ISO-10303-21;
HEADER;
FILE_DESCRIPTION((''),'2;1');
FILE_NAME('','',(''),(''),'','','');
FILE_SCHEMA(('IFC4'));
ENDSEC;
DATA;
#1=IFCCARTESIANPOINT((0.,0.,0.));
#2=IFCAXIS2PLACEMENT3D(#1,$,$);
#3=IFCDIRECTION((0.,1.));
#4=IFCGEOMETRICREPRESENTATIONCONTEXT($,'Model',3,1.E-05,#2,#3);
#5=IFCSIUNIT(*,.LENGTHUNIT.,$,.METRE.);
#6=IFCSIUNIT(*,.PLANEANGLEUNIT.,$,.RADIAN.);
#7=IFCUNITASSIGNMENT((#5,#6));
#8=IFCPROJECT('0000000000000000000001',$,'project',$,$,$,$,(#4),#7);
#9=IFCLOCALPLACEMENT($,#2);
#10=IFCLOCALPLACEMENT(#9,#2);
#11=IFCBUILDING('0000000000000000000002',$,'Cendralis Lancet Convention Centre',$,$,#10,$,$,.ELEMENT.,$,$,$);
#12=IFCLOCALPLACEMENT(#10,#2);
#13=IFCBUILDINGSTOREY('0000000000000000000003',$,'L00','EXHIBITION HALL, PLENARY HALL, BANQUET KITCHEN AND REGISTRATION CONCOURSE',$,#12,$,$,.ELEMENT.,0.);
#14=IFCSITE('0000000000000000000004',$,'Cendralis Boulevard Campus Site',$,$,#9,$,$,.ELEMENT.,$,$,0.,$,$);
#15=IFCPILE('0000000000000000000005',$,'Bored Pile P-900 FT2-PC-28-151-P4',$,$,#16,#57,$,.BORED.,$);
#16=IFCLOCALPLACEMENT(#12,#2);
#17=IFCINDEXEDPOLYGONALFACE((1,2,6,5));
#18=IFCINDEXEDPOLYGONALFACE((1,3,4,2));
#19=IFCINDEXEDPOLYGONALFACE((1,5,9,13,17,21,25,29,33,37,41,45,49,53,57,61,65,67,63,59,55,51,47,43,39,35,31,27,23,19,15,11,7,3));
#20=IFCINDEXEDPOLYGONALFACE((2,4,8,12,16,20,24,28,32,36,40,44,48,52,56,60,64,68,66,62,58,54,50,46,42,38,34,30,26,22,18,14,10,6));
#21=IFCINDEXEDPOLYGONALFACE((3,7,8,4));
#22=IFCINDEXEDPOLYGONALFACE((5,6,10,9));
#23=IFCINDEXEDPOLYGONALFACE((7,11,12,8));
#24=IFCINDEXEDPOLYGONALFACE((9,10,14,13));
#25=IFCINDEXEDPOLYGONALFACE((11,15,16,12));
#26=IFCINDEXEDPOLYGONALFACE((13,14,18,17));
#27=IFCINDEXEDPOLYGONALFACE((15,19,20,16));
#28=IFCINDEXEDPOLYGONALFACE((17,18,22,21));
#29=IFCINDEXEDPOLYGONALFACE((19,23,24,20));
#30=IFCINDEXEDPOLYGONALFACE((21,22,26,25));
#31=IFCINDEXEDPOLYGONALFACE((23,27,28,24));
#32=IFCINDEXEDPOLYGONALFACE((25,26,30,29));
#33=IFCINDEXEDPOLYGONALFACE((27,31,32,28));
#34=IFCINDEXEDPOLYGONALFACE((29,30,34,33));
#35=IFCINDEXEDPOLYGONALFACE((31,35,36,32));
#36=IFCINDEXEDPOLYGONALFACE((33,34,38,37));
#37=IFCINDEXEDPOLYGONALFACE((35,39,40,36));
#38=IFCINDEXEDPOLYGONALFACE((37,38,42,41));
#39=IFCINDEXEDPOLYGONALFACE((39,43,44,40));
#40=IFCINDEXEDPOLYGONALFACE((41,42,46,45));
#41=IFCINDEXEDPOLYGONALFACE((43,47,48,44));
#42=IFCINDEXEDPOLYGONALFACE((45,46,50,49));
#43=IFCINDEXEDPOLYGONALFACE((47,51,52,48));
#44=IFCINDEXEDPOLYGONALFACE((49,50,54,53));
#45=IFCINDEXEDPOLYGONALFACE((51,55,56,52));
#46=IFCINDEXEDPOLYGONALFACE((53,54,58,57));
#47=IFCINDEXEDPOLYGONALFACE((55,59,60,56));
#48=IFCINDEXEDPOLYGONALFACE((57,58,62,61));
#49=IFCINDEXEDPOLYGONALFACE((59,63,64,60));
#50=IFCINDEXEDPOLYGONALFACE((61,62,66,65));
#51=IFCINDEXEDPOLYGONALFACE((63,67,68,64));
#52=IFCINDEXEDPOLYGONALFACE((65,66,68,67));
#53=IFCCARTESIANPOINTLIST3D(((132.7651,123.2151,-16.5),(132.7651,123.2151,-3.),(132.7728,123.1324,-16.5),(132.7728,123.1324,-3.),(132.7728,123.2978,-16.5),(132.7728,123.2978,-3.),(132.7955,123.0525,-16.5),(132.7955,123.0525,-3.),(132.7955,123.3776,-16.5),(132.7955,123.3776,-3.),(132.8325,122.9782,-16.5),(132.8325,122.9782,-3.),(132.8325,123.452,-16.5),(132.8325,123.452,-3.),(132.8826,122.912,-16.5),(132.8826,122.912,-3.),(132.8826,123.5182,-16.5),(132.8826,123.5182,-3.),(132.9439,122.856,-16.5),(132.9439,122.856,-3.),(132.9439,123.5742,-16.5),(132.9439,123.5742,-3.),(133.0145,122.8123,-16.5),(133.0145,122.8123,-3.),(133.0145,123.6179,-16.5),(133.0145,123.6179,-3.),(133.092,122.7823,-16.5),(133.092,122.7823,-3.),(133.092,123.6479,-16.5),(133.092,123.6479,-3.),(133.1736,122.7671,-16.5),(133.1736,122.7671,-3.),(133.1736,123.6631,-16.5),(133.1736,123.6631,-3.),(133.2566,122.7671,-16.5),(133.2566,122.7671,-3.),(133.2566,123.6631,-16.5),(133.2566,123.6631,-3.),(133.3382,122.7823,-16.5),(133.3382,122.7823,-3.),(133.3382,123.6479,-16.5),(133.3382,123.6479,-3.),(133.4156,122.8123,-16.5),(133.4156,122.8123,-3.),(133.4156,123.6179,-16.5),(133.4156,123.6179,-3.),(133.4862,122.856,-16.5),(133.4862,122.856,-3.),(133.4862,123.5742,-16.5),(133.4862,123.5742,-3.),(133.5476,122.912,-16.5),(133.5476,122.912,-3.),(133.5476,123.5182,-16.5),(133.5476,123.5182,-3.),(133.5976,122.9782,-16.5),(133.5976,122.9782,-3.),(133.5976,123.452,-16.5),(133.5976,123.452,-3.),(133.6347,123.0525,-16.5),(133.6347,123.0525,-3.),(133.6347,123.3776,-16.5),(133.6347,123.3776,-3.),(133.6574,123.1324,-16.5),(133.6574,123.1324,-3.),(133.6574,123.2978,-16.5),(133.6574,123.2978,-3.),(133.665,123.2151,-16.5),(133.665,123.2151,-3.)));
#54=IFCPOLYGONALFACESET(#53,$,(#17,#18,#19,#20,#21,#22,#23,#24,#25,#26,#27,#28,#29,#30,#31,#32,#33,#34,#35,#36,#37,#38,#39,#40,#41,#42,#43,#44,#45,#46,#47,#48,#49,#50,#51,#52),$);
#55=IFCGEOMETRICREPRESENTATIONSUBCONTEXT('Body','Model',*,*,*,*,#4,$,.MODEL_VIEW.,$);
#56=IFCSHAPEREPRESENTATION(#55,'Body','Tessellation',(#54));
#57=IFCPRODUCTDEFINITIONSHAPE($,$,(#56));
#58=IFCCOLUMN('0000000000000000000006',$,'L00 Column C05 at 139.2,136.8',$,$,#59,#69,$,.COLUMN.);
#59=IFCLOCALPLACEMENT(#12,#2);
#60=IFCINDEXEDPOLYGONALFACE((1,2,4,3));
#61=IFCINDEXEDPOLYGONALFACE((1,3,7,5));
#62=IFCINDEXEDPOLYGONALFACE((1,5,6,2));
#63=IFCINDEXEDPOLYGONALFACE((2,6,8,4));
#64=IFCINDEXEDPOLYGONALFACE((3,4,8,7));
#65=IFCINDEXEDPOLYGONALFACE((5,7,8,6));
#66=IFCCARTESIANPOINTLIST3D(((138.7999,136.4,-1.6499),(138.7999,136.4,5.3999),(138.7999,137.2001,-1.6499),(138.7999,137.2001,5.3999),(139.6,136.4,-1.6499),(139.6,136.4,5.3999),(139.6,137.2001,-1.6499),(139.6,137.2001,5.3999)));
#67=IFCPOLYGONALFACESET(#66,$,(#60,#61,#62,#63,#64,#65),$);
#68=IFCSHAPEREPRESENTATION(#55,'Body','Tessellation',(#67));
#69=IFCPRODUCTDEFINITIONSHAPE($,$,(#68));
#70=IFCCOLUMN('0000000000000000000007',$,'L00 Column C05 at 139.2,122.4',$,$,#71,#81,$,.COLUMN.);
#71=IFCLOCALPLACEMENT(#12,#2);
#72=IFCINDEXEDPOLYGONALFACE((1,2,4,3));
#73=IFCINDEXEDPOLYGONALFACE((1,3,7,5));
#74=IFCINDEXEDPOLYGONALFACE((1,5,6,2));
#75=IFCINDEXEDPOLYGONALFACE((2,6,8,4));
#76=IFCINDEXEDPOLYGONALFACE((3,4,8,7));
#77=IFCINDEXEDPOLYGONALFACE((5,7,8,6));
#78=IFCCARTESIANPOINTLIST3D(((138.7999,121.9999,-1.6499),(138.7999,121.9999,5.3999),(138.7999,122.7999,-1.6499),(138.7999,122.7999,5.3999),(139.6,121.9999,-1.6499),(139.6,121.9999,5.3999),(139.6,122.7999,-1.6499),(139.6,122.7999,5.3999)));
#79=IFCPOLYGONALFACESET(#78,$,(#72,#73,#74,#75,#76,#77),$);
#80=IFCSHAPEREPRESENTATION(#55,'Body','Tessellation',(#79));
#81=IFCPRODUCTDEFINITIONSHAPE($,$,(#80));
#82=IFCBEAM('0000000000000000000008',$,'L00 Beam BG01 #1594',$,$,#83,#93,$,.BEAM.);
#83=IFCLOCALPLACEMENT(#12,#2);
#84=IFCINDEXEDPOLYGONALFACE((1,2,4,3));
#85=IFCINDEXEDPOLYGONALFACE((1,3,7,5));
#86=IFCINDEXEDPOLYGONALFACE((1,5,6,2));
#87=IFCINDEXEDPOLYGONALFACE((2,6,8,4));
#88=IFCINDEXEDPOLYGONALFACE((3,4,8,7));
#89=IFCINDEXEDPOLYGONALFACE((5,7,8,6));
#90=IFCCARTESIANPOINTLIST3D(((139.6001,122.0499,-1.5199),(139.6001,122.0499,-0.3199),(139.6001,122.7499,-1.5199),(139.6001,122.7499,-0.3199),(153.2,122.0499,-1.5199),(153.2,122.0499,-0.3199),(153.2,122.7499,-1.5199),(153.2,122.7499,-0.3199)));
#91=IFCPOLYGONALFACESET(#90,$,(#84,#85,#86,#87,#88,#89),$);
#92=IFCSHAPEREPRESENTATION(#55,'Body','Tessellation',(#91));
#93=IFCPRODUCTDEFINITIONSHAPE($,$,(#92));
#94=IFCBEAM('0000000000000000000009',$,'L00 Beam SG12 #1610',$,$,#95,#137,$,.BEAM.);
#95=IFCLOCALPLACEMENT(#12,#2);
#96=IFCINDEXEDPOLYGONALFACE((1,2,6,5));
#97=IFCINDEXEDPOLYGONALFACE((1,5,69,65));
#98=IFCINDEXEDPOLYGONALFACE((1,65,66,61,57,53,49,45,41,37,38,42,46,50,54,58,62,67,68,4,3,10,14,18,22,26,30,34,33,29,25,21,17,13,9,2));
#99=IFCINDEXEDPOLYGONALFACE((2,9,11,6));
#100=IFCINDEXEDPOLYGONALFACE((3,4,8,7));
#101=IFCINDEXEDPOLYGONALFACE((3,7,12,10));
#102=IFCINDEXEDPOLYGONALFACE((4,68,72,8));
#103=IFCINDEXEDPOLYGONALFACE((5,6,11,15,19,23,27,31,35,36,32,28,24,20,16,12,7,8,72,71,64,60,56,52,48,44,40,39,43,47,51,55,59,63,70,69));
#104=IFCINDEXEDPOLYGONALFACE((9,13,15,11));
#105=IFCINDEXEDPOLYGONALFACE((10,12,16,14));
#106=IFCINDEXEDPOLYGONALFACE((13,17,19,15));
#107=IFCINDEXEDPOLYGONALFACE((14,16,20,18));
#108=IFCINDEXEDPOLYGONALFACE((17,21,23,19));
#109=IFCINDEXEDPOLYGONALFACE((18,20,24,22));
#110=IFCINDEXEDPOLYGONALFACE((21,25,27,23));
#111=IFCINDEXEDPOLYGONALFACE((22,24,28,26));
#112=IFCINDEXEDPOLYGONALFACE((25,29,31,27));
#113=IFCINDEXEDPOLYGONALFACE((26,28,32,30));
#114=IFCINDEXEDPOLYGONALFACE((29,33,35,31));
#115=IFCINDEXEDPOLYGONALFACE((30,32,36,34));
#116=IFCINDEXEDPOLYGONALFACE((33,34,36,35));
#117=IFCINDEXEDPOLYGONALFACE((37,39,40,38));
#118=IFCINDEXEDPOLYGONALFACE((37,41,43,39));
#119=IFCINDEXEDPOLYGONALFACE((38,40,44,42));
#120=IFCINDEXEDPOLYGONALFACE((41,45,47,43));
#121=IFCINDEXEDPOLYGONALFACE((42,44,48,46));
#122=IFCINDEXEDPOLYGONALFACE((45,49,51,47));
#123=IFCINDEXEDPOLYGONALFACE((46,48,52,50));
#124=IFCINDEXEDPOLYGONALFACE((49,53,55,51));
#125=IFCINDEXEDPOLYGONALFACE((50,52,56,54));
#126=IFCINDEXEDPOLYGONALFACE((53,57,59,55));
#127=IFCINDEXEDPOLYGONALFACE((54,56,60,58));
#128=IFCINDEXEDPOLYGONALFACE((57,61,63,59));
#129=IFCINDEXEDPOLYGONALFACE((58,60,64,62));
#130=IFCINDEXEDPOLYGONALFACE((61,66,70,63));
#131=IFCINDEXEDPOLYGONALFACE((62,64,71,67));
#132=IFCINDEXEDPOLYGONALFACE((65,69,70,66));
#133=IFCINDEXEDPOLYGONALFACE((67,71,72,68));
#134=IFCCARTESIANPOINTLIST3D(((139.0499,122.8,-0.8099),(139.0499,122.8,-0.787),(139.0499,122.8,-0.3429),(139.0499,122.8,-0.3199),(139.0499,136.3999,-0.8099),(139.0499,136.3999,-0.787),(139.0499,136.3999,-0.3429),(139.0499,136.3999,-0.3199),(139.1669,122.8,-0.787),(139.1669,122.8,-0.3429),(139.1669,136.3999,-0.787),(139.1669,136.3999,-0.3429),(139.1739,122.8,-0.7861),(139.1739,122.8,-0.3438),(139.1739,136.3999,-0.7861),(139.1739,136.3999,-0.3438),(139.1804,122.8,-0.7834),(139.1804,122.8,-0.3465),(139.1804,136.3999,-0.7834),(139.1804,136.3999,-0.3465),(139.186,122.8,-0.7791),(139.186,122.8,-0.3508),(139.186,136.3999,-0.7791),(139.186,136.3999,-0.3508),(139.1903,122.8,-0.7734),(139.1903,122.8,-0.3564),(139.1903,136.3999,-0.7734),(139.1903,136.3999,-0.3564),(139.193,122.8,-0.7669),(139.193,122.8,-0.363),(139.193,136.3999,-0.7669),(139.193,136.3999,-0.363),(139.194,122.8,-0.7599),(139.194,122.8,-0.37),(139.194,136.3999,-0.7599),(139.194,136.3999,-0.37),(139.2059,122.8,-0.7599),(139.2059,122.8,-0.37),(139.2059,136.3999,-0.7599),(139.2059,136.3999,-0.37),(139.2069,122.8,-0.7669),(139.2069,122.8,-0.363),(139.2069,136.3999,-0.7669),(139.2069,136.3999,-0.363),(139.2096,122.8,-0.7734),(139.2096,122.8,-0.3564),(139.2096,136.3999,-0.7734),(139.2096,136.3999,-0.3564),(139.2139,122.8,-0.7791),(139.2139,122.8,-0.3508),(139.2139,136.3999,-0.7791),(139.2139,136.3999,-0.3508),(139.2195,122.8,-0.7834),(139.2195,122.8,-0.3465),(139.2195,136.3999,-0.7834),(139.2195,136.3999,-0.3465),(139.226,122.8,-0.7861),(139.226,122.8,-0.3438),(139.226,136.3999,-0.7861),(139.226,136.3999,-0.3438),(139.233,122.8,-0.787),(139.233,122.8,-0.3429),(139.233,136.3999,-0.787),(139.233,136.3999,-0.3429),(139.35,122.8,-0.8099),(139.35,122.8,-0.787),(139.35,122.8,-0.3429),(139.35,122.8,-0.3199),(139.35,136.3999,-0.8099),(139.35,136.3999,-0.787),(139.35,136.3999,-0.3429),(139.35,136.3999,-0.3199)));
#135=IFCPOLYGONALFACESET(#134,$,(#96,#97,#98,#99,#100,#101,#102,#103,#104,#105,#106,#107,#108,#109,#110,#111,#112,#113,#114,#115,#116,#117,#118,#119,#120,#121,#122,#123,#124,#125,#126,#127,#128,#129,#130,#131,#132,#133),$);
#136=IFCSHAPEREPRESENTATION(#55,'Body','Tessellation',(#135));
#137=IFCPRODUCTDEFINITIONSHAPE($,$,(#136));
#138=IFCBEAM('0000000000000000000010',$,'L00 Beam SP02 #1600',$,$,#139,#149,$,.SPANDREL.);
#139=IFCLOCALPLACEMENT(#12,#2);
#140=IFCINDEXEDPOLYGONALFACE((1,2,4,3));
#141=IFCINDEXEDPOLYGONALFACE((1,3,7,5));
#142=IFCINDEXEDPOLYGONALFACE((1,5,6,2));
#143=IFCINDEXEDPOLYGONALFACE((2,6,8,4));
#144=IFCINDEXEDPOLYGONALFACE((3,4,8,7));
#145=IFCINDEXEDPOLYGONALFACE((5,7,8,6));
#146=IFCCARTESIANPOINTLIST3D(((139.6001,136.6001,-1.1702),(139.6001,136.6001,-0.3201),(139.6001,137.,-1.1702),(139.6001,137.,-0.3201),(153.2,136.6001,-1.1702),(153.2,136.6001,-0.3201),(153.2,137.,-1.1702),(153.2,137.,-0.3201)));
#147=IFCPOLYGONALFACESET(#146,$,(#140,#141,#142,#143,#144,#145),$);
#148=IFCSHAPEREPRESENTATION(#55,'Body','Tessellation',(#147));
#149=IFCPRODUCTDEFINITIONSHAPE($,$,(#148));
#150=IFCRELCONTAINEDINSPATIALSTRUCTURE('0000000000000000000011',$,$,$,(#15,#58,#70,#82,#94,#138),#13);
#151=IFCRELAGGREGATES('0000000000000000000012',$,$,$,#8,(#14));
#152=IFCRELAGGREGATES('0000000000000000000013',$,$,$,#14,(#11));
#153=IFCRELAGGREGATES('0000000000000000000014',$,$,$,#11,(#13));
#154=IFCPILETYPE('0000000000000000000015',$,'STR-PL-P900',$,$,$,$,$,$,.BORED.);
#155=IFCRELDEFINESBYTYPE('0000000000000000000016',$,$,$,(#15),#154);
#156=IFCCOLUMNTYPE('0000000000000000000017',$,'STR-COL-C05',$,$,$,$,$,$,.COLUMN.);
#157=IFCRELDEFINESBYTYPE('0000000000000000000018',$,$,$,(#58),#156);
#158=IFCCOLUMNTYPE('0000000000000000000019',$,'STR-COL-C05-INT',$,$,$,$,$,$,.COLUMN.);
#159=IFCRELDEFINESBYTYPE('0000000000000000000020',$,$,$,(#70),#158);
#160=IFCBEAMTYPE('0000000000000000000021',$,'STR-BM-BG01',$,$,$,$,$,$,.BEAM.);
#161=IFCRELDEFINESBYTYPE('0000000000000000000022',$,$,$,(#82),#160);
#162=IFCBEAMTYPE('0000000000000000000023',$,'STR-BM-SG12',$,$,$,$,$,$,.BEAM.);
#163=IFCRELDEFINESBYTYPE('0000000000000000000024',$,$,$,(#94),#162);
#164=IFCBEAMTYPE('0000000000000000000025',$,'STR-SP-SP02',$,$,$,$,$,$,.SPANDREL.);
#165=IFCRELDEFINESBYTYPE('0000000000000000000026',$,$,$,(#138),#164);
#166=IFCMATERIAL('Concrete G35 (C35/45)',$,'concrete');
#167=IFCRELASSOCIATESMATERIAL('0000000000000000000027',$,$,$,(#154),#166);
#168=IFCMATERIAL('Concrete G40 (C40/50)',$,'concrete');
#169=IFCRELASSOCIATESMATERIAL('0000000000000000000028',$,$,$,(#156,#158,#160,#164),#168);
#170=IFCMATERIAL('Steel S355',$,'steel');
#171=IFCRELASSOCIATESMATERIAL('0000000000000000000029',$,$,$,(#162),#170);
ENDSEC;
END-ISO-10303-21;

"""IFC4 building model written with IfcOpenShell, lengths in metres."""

from ifc_helpers import new_model, si_unit, direction, frame, origin, origin_2d, place, context, subcontext, project, spatial, rectangle, circle, i_section, extrude, material, material_profile, profile_set, type_object, element, save


model = new_model("IFC4")

# Units and contexts
model_context = context("Model", 3, precision=1e-05, world=origin(), true_north=direction((0.0, 1.0)))
body_context = subcontext(model_context, "Body", "Model", "MODEL_VIEW")
ifc_project = project(units=[si_unit("LENGTHUNIT", "METRE"), si_unit("PLANEANGLEUNIT", "RADIAN")], contexts=[model_context])

# Site, building, storey
site_placement = place(None, origin())
site = spatial("IfcSite", under=ifc_project, at=site_placement, Name="Cendralis Boulevard Campus Site", CompositionType="ELEMENT", RefElevation=0.0)
building_placement = place(site_placement, origin())
building = spatial("IfcBuilding", under=site, at=building_placement, Name="Cendralis Lancet Convention Centre", CompositionType="ELEMENT")
storey_placement = place(building_placement, origin())
storey = spatial("IfcBuildingStorey", under=building, at=storey_placement, Name="L00", Description="EXHIBITION HALL, PLENARY HALL, BANQUET KITCHEN AND REGISTRATION CONCOURSE", CompositionType="ELEMENT", Elevation=0.0)

# Shared definitions
ifc_material_1 = material(Name="Concrete G35 (C35/45)", Category="concrete")

# Pile
ifc_material_profile_1 = material_profile(ifc_material_1, circle(Radius=0.45, at=origin_2d()), Name="BORED PILE D900")
ifc_profile_set_1 = profile_set([ifc_material_profile_1], Name="Concrete G35 (C35/45)")
pile_type_1 = type_object("IfcPileType", Name="STR-PL-P900", PredefinedType="BORED", material=ifc_profile_set_1)
for number, where, z_axis, x_axis, name in (
    (1, (133.2151, 123.2151, -3.0), (0.0, 0.0, -1.0), (1.0, 0.0, 0.0), "Bored Pile P-900 FT2-PC-28-151-P4"),
):
    element("IfcPile", number, at=place(storey_placement, frame(where, z_axis=z_axis, x_axis=x_axis)), inside=storey, type_object=pile_type_1, Name=name, PredefinedType="BORED", context=body_context, shape_type="SweptSolid", body=[
        extrude(circle(Radius=0.45, at=origin_2d()), origin(), (0.0, 0.0, 1.0), 13.5),
    ])

# Columns
ifc_material_2 = material(Name="Concrete G40 (C40/50)", Category="concrete")
ifc_material_profile_2 = material_profile(ifc_material_2, rectangle(XDim=0.8, YDim=0.8, at=origin_2d()), Name="RC 800x800")
ifc_profile_set_2 = profile_set([ifc_material_profile_2], Name="Concrete G40 (C40/50)")
column_type_1 = type_object("IfcColumnType", Name="STR-COL-C05", PredefinedType="COLUMN", material=ifc_profile_set_2)
column_1_placement = place(storey_placement, frame((139.2, 136.8, -1.6499), z_axis=(0.0, 0.0, 1.0), x_axis=(1.0, 0.0, 0.0)))
element("IfcColumn", 2, at=column_1_placement, inside=storey, type_object=column_type_1, Name="L00 Column C05 at 139.2,136.8", PredefinedType="COLUMN", context=body_context, shape_type="SweptSolid", body=[
    extrude(rectangle(XDim=0.8, YDim=0.8, at=origin_2d()), origin(), (0.0, 0.0, 1.0), 7.0498),
])
ifc_material_profile_3 = material_profile(ifc_material_2, rectangle(XDim=0.8, YDim=0.8, at=origin_2d()), Name="RC 800x800")
ifc_profile_set_3 = profile_set([ifc_material_profile_3], Name="Concrete G40 (C40/50)")
column_type_2 = type_object("IfcColumnType", Name="STR-COL-C05-INT", PredefinedType="COLUMN", material=ifc_profile_set_3)
column_2_placement = place(storey_placement, frame((139.2, 122.3999, -1.6499), z_axis=(0.0, 0.0, 1.0), x_axis=(1.0, 0.0, 0.0)))
element("IfcColumn", 3, at=column_2_placement, inside=storey, type_object=column_type_2, Name="L00 Column C05 at 139.2,122.4", PredefinedType="COLUMN", context=body_context, shape_type="SweptSolid", body=[
    extrude(rectangle(XDim=0.8, YDim=0.8, at=origin_2d()), origin(), (0.0, 0.0, 1.0), 7.0498),
])

# Beams
ifc_material_profile_4 = material_profile(ifc_material_2, rectangle(XDim=0.7, YDim=1.2, at=origin_2d()), Name="RCB 700x1200")
ifc_profile_set_4 = profile_set([ifc_material_profile_4], Name="Concrete G40 (C40/50)")
beam_type_1 = type_object("IfcBeamType", Name="STR-BM-BG01", PredefinedType="BEAM", material=ifc_profile_set_4)
beam_1_placement = place(storey_placement, frame((139.6001, 122.3999, -0.9199), z_axis=(1.0, 0.0, 0.0), x_axis=(0.0, 1.0, 0.0)))
element("IfcBeam", 4, at=beam_1_placement, inside=storey, type_object=beam_type_1, Name="L00 Beam BG01 #1594", PredefinedType="BEAM", context=body_context, shape_type="SweptSolid", body=[
    extrude(rectangle(XDim=0.7, YDim=1.2, at=origin_2d()), origin(), (0.0, 0.0, 1.0), 13.5999),
])
ifc_material_3 = material(Name="Steel S355", Category="steel")
ifc_material_profile_5 = material_profile(ifc_material_3, i_section(OverallWidth=0.3, OverallDepth=0.49, WebThickness=0.012, FlangeThickness=0.0229, FilletRadius=0.0271, at=origin_2d()), Name="HEA 500")
ifc_profile_set_5 = profile_set([ifc_material_profile_5], Name="Steel S355")
beam_type_2 = type_object("IfcBeamType", Name="STR-BM-SG12", PredefinedType="BEAM", material=ifc_profile_set_5)
beam_2_placement = place(storey_placement, frame((139.2, 122.8, -0.5649), z_axis=(0.0, 1.0, 0.0), x_axis=(-1.0, 0.0, 0.0)))
element("IfcBeam", 5, at=beam_2_placement, inside=storey, type_object=beam_type_2, Name="L00 Beam SG12 #1610", PredefinedType="BEAM", context=body_context, shape_type="SweptSolid", body=[
    extrude(i_section(OverallWidth=0.3, OverallDepth=0.49, WebThickness=0.012, FlangeThickness=0.0229, FilletRadius=0.0271, at=origin_2d()), origin(), (0.0, 0.0, 1.0), 13.5999),
])
ifc_material_profile_6 = material_profile(ifc_material_2, rectangle(XDim=0.3999, YDim=0.8501, at=origin_2d()), Name="RCB 400x850")
ifc_profile_set_6 = profile_set([ifc_material_profile_6], Name="Concrete G40 (C40/50)")
beam_type_3 = type_object("IfcBeamType", Name="STR-SP-SP02", PredefinedType="SPANDREL", material=ifc_profile_set_6)
beam_3_placement = place(storey_placement, frame((139.6001, 136.8, -0.7451), z_axis=(1.0, 0.0, 0.0), x_axis=(0.0, 1.0, 0.0)))
element("IfcBeam", 6, at=beam_3_placement, inside=storey, type_object=beam_type_3, Name="L00 Beam SP02 #1600", PredefinedType="SPANDREL", context=body_context, shape_type="SweptSolid", body=[
    extrude(rectangle(XDim=0.3999, YDim=0.8501, at=origin_2d()), origin(), (0.0, 0.0, 1.0), 13.5999),
])

save(model, "model.ifc")
